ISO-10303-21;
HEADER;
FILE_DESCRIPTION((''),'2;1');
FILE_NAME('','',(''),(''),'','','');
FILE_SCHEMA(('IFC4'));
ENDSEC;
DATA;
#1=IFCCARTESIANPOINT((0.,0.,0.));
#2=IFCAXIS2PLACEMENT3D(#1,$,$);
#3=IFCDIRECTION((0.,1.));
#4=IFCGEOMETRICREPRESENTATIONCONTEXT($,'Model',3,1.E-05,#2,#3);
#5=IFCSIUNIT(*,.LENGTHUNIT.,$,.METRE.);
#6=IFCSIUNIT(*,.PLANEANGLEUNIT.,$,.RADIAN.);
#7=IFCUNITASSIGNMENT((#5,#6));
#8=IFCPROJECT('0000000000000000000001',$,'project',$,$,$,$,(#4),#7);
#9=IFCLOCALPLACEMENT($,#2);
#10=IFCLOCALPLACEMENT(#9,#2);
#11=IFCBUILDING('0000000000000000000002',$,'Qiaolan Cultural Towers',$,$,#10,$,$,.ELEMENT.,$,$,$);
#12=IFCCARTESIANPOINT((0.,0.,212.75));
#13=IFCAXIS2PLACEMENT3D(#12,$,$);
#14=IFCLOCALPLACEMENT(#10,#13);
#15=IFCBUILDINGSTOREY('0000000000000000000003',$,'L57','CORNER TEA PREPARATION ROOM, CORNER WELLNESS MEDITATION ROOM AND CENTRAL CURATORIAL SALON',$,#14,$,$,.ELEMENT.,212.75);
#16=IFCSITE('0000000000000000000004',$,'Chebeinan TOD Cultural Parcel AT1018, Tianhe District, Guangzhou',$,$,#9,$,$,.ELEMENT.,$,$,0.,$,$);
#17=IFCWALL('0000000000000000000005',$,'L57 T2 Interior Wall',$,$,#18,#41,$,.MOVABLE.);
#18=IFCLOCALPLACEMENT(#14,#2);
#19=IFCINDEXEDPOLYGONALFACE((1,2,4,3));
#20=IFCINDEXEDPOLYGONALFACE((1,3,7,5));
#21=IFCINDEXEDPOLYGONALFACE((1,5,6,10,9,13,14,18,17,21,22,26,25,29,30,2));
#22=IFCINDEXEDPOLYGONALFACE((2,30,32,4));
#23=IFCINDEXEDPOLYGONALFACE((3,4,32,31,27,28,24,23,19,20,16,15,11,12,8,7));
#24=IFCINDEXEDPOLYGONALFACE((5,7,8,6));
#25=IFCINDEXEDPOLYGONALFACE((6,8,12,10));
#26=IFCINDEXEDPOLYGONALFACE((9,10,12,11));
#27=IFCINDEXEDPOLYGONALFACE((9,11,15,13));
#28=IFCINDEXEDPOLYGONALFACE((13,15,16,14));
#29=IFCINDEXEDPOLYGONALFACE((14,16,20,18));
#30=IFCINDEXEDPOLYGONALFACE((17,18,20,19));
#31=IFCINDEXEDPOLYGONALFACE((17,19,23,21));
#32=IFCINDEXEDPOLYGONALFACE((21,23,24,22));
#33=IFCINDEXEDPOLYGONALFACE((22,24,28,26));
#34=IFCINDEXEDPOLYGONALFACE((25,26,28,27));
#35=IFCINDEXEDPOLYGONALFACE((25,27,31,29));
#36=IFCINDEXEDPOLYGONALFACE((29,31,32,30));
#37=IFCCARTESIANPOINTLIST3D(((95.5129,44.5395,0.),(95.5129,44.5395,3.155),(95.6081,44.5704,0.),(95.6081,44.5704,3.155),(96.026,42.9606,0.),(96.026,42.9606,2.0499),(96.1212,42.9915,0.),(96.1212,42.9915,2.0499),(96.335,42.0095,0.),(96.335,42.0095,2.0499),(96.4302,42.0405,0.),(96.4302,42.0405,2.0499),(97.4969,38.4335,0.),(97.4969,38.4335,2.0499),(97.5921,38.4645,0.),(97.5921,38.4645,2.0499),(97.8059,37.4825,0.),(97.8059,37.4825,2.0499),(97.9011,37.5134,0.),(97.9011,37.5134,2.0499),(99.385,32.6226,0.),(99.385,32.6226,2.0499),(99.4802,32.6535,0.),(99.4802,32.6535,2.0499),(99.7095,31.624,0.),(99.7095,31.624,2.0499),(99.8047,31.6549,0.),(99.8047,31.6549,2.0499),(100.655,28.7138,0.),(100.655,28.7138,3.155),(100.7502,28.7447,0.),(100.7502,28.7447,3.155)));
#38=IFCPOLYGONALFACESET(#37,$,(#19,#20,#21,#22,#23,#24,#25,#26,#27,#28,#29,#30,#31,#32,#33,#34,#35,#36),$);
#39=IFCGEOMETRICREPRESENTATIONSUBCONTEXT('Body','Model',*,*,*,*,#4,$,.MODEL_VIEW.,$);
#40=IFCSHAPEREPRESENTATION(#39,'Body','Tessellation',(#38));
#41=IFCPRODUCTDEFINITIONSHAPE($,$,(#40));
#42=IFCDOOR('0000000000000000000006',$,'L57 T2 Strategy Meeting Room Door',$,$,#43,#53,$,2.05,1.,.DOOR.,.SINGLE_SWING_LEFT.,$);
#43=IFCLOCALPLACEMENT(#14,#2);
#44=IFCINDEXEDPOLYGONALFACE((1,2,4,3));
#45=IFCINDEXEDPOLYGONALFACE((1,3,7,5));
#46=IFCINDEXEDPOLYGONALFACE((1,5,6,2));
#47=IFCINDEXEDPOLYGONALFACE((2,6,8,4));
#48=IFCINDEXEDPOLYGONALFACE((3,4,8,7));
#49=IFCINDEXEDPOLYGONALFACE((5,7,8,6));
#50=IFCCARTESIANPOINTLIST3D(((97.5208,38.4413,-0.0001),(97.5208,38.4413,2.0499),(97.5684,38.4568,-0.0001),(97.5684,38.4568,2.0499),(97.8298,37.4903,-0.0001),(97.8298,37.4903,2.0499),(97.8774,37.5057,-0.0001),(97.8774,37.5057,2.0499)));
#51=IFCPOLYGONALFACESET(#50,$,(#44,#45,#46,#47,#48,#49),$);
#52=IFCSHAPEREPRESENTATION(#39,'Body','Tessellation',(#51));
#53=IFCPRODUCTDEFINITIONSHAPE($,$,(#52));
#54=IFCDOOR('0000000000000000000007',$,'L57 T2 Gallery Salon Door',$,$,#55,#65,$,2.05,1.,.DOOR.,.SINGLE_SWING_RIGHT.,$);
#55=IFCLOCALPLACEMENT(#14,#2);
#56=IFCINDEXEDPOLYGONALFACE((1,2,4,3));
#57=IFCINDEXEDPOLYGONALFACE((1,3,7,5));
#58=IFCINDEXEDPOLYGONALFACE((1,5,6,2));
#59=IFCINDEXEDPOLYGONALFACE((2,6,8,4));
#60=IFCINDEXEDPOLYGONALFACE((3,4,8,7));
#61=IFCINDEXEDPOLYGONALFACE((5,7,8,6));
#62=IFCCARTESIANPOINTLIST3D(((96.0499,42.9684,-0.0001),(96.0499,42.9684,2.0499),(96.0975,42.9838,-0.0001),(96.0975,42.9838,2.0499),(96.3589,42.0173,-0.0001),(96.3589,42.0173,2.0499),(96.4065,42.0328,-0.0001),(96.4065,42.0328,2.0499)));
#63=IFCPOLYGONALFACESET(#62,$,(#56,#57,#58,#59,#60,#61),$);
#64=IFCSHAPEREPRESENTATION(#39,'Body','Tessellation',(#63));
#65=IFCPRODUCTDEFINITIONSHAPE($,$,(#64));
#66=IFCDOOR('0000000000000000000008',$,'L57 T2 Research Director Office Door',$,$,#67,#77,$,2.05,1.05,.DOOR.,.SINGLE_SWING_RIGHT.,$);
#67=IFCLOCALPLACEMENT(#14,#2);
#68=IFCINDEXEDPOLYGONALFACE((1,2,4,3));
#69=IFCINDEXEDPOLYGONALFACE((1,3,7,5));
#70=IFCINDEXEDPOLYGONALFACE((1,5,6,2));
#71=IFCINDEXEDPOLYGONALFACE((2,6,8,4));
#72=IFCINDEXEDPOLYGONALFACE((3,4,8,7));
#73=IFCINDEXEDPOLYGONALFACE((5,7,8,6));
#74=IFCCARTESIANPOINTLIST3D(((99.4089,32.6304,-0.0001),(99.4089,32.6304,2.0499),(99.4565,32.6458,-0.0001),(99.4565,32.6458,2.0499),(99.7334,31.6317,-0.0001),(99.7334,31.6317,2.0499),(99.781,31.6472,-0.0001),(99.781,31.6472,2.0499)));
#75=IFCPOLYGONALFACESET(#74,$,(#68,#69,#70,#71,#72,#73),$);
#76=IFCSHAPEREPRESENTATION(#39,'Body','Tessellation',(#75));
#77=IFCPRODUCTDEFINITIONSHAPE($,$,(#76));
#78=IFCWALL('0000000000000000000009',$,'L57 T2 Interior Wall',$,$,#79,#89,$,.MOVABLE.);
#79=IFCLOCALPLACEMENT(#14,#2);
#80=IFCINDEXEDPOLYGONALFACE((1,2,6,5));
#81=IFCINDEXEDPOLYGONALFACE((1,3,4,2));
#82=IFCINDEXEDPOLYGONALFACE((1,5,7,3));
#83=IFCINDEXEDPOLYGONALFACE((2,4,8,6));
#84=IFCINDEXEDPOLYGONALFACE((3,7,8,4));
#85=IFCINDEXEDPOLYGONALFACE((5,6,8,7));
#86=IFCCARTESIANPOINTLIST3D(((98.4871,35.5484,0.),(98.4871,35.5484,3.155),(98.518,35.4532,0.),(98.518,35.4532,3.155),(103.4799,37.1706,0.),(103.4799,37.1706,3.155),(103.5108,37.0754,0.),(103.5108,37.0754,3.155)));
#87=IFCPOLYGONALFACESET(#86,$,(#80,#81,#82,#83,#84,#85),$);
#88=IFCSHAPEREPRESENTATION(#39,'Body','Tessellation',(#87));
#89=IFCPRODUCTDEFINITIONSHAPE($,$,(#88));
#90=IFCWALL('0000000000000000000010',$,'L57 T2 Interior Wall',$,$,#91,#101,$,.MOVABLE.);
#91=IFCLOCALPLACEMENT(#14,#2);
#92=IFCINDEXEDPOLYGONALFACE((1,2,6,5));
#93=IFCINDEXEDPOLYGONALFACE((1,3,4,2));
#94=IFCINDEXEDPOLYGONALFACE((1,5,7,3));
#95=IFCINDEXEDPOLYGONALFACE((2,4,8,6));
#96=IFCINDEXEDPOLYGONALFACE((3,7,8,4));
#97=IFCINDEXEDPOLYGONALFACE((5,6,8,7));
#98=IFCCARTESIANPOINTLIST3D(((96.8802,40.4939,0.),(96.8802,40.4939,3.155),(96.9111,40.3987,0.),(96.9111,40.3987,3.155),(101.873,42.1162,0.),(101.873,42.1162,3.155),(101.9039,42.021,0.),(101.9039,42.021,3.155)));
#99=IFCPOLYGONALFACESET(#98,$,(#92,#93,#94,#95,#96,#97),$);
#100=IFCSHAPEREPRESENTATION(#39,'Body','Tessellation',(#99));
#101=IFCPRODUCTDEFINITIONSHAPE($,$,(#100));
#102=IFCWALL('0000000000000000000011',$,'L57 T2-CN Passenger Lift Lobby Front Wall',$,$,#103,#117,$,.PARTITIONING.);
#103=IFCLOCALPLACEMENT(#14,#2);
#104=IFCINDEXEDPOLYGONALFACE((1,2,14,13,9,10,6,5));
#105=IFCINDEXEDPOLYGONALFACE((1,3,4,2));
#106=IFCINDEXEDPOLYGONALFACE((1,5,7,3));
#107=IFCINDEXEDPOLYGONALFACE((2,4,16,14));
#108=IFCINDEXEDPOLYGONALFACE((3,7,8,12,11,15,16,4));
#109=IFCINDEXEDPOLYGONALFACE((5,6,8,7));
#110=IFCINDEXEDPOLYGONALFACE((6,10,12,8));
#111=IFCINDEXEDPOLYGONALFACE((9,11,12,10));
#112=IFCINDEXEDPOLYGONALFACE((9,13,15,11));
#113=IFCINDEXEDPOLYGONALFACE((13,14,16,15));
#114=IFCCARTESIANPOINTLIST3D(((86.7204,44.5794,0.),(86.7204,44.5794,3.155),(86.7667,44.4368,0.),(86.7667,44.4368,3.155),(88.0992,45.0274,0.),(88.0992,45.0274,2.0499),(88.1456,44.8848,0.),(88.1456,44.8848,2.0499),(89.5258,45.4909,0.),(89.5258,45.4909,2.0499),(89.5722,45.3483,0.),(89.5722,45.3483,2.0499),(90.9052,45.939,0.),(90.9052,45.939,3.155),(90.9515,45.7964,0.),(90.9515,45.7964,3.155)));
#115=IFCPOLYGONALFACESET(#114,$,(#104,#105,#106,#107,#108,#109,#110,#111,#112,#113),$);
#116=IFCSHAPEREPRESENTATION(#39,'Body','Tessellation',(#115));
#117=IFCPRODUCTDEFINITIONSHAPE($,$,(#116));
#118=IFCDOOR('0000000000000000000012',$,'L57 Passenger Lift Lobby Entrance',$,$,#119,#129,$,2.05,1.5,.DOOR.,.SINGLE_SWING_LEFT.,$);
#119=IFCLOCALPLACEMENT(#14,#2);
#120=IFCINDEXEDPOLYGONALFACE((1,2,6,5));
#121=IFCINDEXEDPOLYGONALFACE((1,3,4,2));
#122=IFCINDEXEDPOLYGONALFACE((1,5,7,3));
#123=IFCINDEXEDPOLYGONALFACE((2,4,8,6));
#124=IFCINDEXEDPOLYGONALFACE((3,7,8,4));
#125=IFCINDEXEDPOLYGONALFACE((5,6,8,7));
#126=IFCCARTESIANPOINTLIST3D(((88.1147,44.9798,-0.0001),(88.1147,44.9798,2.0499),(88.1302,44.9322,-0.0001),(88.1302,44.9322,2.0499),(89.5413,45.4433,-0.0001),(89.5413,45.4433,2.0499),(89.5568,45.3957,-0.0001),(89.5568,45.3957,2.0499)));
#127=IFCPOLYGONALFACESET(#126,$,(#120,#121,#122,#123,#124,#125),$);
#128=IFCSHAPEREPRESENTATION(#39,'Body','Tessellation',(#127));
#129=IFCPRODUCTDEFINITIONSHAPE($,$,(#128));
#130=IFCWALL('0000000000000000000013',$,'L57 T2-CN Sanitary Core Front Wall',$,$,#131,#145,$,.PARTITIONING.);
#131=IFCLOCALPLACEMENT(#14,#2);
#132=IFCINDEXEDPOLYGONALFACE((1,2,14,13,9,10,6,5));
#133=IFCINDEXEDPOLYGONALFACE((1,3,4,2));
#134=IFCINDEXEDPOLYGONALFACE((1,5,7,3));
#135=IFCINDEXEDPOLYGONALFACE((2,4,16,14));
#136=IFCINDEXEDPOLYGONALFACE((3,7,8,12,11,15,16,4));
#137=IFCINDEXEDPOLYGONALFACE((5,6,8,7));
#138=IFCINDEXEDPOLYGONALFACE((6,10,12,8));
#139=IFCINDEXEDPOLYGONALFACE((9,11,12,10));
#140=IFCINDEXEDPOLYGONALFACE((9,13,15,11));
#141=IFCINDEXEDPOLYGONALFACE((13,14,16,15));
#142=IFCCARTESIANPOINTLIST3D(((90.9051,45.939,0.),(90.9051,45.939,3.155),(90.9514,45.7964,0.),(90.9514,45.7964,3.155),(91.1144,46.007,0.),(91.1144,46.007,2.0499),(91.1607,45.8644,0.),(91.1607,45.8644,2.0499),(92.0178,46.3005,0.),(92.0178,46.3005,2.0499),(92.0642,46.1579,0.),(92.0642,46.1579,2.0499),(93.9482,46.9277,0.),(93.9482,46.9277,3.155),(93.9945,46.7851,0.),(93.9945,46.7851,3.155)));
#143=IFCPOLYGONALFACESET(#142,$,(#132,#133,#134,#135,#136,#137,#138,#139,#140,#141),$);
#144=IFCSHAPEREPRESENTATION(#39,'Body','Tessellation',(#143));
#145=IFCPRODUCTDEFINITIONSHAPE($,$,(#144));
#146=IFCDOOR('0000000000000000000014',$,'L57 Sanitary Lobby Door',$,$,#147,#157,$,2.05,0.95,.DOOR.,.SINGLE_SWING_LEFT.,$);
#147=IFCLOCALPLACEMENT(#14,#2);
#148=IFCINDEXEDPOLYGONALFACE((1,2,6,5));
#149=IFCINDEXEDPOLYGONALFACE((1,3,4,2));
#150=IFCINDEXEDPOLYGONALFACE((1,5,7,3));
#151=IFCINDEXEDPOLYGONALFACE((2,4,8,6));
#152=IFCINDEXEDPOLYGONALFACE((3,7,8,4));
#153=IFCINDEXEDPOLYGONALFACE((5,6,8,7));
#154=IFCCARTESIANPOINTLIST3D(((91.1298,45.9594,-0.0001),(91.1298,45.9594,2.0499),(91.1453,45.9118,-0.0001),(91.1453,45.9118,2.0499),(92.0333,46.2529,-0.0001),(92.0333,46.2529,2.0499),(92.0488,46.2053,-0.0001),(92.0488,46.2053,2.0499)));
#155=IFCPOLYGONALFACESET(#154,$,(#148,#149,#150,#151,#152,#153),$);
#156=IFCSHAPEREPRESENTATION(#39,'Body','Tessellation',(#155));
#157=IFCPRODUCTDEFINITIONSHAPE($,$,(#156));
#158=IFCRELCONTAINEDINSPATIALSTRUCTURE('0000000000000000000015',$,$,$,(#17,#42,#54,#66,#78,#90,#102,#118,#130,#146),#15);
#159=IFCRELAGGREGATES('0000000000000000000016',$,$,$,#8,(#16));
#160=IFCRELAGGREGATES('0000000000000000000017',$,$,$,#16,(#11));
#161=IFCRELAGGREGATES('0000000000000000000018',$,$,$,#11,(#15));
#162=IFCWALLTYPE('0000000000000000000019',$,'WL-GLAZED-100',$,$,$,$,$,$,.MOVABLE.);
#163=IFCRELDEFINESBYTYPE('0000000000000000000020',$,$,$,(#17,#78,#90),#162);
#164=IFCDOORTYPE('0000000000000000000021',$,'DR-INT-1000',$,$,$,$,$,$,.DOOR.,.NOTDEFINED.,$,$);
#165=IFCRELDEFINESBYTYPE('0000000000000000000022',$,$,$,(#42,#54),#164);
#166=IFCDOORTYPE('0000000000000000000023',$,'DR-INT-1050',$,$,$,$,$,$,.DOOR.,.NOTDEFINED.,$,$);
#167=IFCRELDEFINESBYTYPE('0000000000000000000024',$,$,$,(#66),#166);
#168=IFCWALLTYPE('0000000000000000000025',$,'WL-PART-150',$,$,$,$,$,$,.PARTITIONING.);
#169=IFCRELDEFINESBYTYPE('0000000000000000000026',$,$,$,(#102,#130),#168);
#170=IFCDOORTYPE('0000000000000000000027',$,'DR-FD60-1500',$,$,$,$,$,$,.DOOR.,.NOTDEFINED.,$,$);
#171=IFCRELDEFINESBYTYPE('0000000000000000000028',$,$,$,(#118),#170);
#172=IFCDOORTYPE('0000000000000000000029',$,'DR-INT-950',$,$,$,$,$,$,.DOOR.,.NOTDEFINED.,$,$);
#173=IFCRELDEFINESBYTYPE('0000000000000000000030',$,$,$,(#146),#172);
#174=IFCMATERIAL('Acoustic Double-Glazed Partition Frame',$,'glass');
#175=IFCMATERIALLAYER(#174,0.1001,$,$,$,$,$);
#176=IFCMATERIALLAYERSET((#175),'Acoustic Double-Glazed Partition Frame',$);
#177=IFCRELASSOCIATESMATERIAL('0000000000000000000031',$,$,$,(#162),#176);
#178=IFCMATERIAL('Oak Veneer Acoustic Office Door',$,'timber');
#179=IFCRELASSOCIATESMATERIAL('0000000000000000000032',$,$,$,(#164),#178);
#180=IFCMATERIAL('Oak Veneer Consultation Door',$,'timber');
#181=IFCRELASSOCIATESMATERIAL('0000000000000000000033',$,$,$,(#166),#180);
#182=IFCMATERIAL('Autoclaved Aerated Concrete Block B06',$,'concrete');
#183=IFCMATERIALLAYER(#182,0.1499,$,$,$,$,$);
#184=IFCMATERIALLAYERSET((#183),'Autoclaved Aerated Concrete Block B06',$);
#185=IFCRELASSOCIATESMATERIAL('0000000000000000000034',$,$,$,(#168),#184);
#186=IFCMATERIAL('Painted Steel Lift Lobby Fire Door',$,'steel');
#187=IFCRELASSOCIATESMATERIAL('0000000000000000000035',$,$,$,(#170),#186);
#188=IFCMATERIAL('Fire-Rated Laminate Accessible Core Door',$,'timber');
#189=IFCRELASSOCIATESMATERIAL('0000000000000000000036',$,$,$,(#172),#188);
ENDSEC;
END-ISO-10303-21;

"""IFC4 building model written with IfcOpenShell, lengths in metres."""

from ifc_helpers import new_model, si_unit, direction, frame, frame_2d, origin, place, context, subcontext, project, spatial, rectangle, extrude, material, layer, layer_set, type_object, element, fill, save


model = new_model("IFC4")

# Units and contexts
model_context = context("Model", 3, precision=1e-05, world=origin(), true_north=direction((0.0, 1.0)))
body_context = subcontext(model_context, "Body", "Model", "MODEL_VIEW")
ifc_project = project(units=[si_unit("LENGTHUNIT", "METRE"), si_unit("PLANEANGLEUNIT", "RADIAN")], contexts=[model_context])

# Site, building, storey
site_placement = place(None, origin())
site = spatial("IfcSite", under=ifc_project, at=site_placement, Name="Chebeinan TOD Cultural Parcel AT1018, Tianhe District, Guangzhou", CompositionType="ELEMENT", RefElevation=0.0)
building_placement = place(site_placement, origin())
building = spatial("IfcBuilding", under=site, at=building_placement, Name="Qiaolan Cultural Towers", CompositionType="ELEMENT")
storey_placement = place(building_placement, frame((0.0, 0.0, 212.75)))
storey = spatial("IfcBuildingStorey", under=building, at=storey_placement, Name="L57", Description="CORNER TEA PREPARATION ROOM, CORNER WELLNESS MEDITATION ROOM AND CENTRAL CURATORIAL SALON", CompositionType="ELEMENT", Elevation=212.75)

# Shared definitions
ifc_material_1 = material(Name="Acoustic Double-Glazed Partition Frame", Category="glass")
ifc_layer_1 = layer(ifc_material_1, 0.1001)
ifc_layer_set_1 = layer_set([ifc_layer_1], Name="Acoustic Double-Glazed Partition Frame")
wall_type_1 = type_object("IfcWallType", Name="WL-GLAZED-100", PredefinedType="MOVABLE", material=ifc_layer_set_1)

# Wall, openings, doors
wall_1_placement = place(storey_placement, frame((100.7026, 28.7292, 0.0), z_axis=(0.0, 0.0, 1.0), x_axis=(-0.309018, 0.951056, 0.0)))
wall_1 = element("IfcWall", 1, at=wall_1_placement, inside=storey, type_object=wall_type_1, Name="L57 T2 Interior Wall", PredefinedType="MOVABLE", context=body_context, shape_type="SweptSolid", body=[
    extrude(rectangle(XDim=16.6401, YDim=0.1001, at=frame_2d((8.3201, 0.0))), origin(), (0.0, 0.0, 1.0), 3.155),
])
opening_1_placement = place(wall_1_placement, frame((3.0601, 0.0, 0.0)))
opening_1 = element("IfcOpeningElement", 2, at=opening_1_placement, cuts=wall_1, PredefinedType="OPENING", context=body_context, shape_type="SweptSolid", body=[
    extrude(rectangle(XDim=1.05, YDim=2.05, at=frame_2d((0.5249, 1.0249))), frame((0.0, 0.0601, 0.0), z_axis=(0.0, -1.0, 0.0), x_axis=(1.0, 0.0, 0.0)), (0.0, 0.0, 1.0), 0.1201),
])
opening_2_placement = place(wall_1_placement, frame((9.22, 0.0, 0.0)))
opening_2 = element("IfcOpeningElement", 3, at=opening_2_placement, cuts=wall_1, PredefinedType="OPENING", context=body_context, shape_type="SweptSolid", body=[
    extrude(rectangle(XDim=1.0, YDim=2.05, at=frame_2d((0.5, 1.0249))), frame((0.0, 0.0601, 0.0), z_axis=(0.0, -1.0, 0.0), x_axis=(1.0, 0.0, 0.0)), (0.0, 0.0, 1.0), 0.1201),
])
opening_3_placement = place(wall_1_placement, frame((13.98, 0.0, 0.0)))
opening_3 = element("IfcOpeningElement", 4, at=opening_3_placement, cuts=wall_1, PredefinedType="OPENING", context=body_context, shape_type="SweptSolid", body=[
    extrude(rectangle(XDim=1.0, YDim=2.05, at=frame_2d((0.5, 1.0249))), frame((0.0, 0.0601, 0.0), z_axis=(0.0, -1.0, 0.0), x_axis=(1.0, 0.0, 0.0)), (0.0, 0.0, 1.0), 0.1201),
])
ifc_material_2 = material(Name="Oak Veneer Acoustic Office Door", Category="timber")
door_type_1 = type_object("IfcDoorType", Name="DR-INT-1000", OperationType="NOTDEFINED", PredefinedType="DOOR", material=ifc_material_2)
door_1_placement = place(opening_2_placement, origin())
door_1 = element("IfcDoor", 5, at=door_1_placement, inside=storey, type_object=door_type_1, Name="L57 T2 Strategy Meeting Room Door", OperationType="SINGLE_SWING_LEFT", OverallHeight=2.05, OverallWidth=1.0, PredefinedType="DOOR", context=body_context, shape_type="SweptSolid", body=[
    extrude(rectangle(XDim=1.0, YDim=2.05, at=frame_2d((0.5, 1.0249))), frame((0.0, 0.0249, 0.0), z_axis=(0.0, -1.0, 0.0), x_axis=(1.0, 0.0, 0.0)), (0.0, 0.0, 1.0), 0.05),
])
fill(opening_2, door_1)
door_2_placement = place(opening_3_placement, origin())
door_2 = element("IfcDoor", 6, at=door_2_placement, inside=storey, type_object=door_type_1, Name="L57 T2 Gallery Salon Door", OperationType="SINGLE_SWING_RIGHT", OverallHeight=2.05, OverallWidth=1.0, PredefinedType="DOOR", context=body_context, shape_type="SweptSolid", body=[
    extrude(rectangle(XDim=1.0, YDim=2.05, at=frame_2d((0.5, 1.0249))), frame((0.0, 0.0249, 0.0), z_axis=(0.0, -1.0, 0.0), x_axis=(1.0, 0.0, 0.0)), (0.0, 0.0, 1.0), 0.05),
])
fill(opening_3, door_2)
ifc_material_3 = material(Name="Oak Veneer Consultation Door", Category="timber")
door_type_2 = type_object("IfcDoorType", Name="DR-INT-1050", OperationType="NOTDEFINED", PredefinedType="DOOR", material=ifc_material_3)
door_3_placement = place(opening_1_placement, origin())
door_3 = element("IfcDoor", 7, at=door_3_placement, inside=storey, type_object=door_type_2, Name="L57 T2 Research Director Office Door", OperationType="SINGLE_SWING_RIGHT", OverallHeight=2.05, OverallWidth=1.05, PredefinedType="DOOR", context=body_context, shape_type="SweptSolid", body=[
    extrude(rectangle(XDim=1.05, YDim=2.05, at=frame_2d((0.5249, 1.0249))), frame((0.0, 0.0249, 0.0), z_axis=(0.0, -1.0, 0.0), x_axis=(1.0, 0.0, 0.0)), (0.0, 0.0, 1.0), 0.05),
])
fill(opening_1, door_3)

# Walls
for number, where, z_axis, x_axis, name in (
    (8, (98.5024, 35.5007, 0.0), (0.0, 0.0, 1.0), (0.951056, 0.30902, 0.0), "L57 T2 Interior Wall"),
    (9, (96.8955, 40.4463, 0.0), (0.0, 0.0, 1.0), (0.951056, 0.30902, 0.0), "L57 T2 Interior Wall"),
):
    element("IfcWall", number, at=place(storey_placement, frame(where, z_axis=z_axis, x_axis=x_axis)), inside=storey, type_object=wall_type_1, Name=name, PredefinedType="MOVABLE", context=body_context, shape_type="SweptSolid", body=[
        extrude(rectangle(XDim=5.2498, YDim=0.1001, at=frame_2d((2.625, 0.0))), origin(), (0.0, 0.0, 1.0), 3.155),
    ])

# Walls, openings, doors
ifc_material_4 = material(Name="Autoclaved Aerated Concrete Block B06", Category="concrete")
ifc_layer_2 = layer(ifc_material_4, 0.1499)
ifc_layer_set_2 = layer_set([ifc_layer_2], Name="Autoclaved Aerated Concrete Block B06")
wall_type_2 = type_object("IfcWallType", Name="WL-PART-150", PredefinedType="PARTITIONING", material=ifc_layer_set_2)
wall_2_placement = place(storey_placement, frame((86.7434, 44.5081, 0.0), z_axis=(0.0, 0.0, 1.0), x_axis=(0.951064, 0.308994, 0.0)))
wall_2 = element("IfcWall", 10, at=wall_2_placement, inside=storey, type_object=wall_type_2, Name="L57 T2-CN Passenger Lift Lobby Front Wall", PredefinedType="PARTITIONING", context=body_context, shape_type="SweptSolid", body=[
    extrude(rectangle(XDim=4.4001, YDim=0.1499, at=frame_2d((2.2002, 0.0))), origin(), (0.0, 0.0, 1.0), 3.155),
])
opening_4_placement = place(wall_2_placement, frame((1.45, 0.0, 0.0)))
opening_4 = element("IfcOpeningElement", 11, at=opening_4_placement, cuts=wall_2, PredefinedType="OPENING", context=body_context, shape_type="SweptSolid", body=[
    extrude(rectangle(XDim=1.5, YDim=2.05, at=frame_2d((0.75, 1.0249))), frame((0.0, 0.085, 0.0), z_axis=(0.0, -1.0, 0.0), x_axis=(1.0, 0.0, 0.0)), (0.0, 0.0, 1.0), 0.1699),
])
ifc_material_5 = material(Name="Painted Steel Lift Lobby Fire Door", Category="steel")
door_type_3 = type_object("IfcDoorType", Name="DR-FD60-1500", OperationType="NOTDEFINED", PredefinedType="DOOR", material=ifc_material_5)
door_4_placement = place(opening_4_placement, origin())
door_4 = element("IfcDoor", 12, at=door_4_placement, inside=storey, type_object=door_type_3, Name="L57 Passenger Lift Lobby Entrance", OperationType="SINGLE_SWING_LEFT", OverallHeight=2.05, OverallWidth=1.5, PredefinedType="DOOR", context=body_context, shape_type="SweptSolid", body=[
    extrude(rectangle(XDim=1.5, YDim=2.05, at=frame_2d((0.75, 1.0249))), frame((0.0, 0.0249, 0.0), z_axis=(0.0, -1.0, 0.0), x_axis=(1.0, 0.0, 0.0)), (0.0, 0.0, 1.0), 0.05),
])
fill(opening_4, door_4)
wall_3_placement = place(storey_placement, frame((90.9282, 45.8677, 0.0), z_axis=(0.0, 0.0, 1.0), x_axis=(0.951059, 0.309008, 0.0)))
wall_3 = element("IfcWall", 13, at=wall_3_placement, inside=storey, type_object=wall_type_2, Name="L57 T2-CN Sanitary Core Front Wall", PredefinedType="PARTITIONING", context=body_context, shape_type="SweptSolid", body=[
    extrude(rectangle(XDim=3.1997, YDim=0.1499, at=frame_2d((1.5999, 0.0))), origin(), (0.0, 0.0, 1.0), 3.155),
])
opening_5_placement = place(wall_3_placement, frame((0.22, 0.0, 0.0)))
opening_5 = element("IfcOpeningElement", 14, at=opening_5_placement, cuts=wall_3, PredefinedType="OPENING", context=body_context, shape_type="SweptSolid", body=[
    extrude(rectangle(XDim=0.95, YDim=2.05, at=frame_2d((0.4751, 1.0249))), frame((0.0, 0.085, 0.0), z_axis=(0.0, -1.0, 0.0), x_axis=(1.0, 0.0, 0.0)), (0.0, 0.0, 1.0), 0.1699),
])
ifc_material_6 = material(Name="Fire-Rated Laminate Accessible Core Door", Category="timber")
door_type_4 = type_object("IfcDoorType", Name="DR-INT-950", OperationType="NOTDEFINED", PredefinedType="DOOR", material=ifc_material_6)
door_5_placement = place(opening_5_placement, origin())
door_5 = element("IfcDoor", 15, at=door_5_placement, inside=storey, type_object=door_type_4, Name="L57 Sanitary Lobby Door", OperationType="SINGLE_SWING_LEFT", OverallHeight=2.05, OverallWidth=0.95, PredefinedType="DOOR", context=body_context, shape_type="SweptSolid", body=[
    extrude(rectangle(XDim=0.95, YDim=2.05, at=frame_2d((0.4751, 1.0249))), frame((0.0, 0.0249, 0.0), z_axis=(0.0, -1.0, 0.0), x_axis=(1.0, 0.0, 0.0)), (0.0, 0.0, 1.0), 0.05),
])
fill(opening_5, door_5)

save(model, "model.ifc")
